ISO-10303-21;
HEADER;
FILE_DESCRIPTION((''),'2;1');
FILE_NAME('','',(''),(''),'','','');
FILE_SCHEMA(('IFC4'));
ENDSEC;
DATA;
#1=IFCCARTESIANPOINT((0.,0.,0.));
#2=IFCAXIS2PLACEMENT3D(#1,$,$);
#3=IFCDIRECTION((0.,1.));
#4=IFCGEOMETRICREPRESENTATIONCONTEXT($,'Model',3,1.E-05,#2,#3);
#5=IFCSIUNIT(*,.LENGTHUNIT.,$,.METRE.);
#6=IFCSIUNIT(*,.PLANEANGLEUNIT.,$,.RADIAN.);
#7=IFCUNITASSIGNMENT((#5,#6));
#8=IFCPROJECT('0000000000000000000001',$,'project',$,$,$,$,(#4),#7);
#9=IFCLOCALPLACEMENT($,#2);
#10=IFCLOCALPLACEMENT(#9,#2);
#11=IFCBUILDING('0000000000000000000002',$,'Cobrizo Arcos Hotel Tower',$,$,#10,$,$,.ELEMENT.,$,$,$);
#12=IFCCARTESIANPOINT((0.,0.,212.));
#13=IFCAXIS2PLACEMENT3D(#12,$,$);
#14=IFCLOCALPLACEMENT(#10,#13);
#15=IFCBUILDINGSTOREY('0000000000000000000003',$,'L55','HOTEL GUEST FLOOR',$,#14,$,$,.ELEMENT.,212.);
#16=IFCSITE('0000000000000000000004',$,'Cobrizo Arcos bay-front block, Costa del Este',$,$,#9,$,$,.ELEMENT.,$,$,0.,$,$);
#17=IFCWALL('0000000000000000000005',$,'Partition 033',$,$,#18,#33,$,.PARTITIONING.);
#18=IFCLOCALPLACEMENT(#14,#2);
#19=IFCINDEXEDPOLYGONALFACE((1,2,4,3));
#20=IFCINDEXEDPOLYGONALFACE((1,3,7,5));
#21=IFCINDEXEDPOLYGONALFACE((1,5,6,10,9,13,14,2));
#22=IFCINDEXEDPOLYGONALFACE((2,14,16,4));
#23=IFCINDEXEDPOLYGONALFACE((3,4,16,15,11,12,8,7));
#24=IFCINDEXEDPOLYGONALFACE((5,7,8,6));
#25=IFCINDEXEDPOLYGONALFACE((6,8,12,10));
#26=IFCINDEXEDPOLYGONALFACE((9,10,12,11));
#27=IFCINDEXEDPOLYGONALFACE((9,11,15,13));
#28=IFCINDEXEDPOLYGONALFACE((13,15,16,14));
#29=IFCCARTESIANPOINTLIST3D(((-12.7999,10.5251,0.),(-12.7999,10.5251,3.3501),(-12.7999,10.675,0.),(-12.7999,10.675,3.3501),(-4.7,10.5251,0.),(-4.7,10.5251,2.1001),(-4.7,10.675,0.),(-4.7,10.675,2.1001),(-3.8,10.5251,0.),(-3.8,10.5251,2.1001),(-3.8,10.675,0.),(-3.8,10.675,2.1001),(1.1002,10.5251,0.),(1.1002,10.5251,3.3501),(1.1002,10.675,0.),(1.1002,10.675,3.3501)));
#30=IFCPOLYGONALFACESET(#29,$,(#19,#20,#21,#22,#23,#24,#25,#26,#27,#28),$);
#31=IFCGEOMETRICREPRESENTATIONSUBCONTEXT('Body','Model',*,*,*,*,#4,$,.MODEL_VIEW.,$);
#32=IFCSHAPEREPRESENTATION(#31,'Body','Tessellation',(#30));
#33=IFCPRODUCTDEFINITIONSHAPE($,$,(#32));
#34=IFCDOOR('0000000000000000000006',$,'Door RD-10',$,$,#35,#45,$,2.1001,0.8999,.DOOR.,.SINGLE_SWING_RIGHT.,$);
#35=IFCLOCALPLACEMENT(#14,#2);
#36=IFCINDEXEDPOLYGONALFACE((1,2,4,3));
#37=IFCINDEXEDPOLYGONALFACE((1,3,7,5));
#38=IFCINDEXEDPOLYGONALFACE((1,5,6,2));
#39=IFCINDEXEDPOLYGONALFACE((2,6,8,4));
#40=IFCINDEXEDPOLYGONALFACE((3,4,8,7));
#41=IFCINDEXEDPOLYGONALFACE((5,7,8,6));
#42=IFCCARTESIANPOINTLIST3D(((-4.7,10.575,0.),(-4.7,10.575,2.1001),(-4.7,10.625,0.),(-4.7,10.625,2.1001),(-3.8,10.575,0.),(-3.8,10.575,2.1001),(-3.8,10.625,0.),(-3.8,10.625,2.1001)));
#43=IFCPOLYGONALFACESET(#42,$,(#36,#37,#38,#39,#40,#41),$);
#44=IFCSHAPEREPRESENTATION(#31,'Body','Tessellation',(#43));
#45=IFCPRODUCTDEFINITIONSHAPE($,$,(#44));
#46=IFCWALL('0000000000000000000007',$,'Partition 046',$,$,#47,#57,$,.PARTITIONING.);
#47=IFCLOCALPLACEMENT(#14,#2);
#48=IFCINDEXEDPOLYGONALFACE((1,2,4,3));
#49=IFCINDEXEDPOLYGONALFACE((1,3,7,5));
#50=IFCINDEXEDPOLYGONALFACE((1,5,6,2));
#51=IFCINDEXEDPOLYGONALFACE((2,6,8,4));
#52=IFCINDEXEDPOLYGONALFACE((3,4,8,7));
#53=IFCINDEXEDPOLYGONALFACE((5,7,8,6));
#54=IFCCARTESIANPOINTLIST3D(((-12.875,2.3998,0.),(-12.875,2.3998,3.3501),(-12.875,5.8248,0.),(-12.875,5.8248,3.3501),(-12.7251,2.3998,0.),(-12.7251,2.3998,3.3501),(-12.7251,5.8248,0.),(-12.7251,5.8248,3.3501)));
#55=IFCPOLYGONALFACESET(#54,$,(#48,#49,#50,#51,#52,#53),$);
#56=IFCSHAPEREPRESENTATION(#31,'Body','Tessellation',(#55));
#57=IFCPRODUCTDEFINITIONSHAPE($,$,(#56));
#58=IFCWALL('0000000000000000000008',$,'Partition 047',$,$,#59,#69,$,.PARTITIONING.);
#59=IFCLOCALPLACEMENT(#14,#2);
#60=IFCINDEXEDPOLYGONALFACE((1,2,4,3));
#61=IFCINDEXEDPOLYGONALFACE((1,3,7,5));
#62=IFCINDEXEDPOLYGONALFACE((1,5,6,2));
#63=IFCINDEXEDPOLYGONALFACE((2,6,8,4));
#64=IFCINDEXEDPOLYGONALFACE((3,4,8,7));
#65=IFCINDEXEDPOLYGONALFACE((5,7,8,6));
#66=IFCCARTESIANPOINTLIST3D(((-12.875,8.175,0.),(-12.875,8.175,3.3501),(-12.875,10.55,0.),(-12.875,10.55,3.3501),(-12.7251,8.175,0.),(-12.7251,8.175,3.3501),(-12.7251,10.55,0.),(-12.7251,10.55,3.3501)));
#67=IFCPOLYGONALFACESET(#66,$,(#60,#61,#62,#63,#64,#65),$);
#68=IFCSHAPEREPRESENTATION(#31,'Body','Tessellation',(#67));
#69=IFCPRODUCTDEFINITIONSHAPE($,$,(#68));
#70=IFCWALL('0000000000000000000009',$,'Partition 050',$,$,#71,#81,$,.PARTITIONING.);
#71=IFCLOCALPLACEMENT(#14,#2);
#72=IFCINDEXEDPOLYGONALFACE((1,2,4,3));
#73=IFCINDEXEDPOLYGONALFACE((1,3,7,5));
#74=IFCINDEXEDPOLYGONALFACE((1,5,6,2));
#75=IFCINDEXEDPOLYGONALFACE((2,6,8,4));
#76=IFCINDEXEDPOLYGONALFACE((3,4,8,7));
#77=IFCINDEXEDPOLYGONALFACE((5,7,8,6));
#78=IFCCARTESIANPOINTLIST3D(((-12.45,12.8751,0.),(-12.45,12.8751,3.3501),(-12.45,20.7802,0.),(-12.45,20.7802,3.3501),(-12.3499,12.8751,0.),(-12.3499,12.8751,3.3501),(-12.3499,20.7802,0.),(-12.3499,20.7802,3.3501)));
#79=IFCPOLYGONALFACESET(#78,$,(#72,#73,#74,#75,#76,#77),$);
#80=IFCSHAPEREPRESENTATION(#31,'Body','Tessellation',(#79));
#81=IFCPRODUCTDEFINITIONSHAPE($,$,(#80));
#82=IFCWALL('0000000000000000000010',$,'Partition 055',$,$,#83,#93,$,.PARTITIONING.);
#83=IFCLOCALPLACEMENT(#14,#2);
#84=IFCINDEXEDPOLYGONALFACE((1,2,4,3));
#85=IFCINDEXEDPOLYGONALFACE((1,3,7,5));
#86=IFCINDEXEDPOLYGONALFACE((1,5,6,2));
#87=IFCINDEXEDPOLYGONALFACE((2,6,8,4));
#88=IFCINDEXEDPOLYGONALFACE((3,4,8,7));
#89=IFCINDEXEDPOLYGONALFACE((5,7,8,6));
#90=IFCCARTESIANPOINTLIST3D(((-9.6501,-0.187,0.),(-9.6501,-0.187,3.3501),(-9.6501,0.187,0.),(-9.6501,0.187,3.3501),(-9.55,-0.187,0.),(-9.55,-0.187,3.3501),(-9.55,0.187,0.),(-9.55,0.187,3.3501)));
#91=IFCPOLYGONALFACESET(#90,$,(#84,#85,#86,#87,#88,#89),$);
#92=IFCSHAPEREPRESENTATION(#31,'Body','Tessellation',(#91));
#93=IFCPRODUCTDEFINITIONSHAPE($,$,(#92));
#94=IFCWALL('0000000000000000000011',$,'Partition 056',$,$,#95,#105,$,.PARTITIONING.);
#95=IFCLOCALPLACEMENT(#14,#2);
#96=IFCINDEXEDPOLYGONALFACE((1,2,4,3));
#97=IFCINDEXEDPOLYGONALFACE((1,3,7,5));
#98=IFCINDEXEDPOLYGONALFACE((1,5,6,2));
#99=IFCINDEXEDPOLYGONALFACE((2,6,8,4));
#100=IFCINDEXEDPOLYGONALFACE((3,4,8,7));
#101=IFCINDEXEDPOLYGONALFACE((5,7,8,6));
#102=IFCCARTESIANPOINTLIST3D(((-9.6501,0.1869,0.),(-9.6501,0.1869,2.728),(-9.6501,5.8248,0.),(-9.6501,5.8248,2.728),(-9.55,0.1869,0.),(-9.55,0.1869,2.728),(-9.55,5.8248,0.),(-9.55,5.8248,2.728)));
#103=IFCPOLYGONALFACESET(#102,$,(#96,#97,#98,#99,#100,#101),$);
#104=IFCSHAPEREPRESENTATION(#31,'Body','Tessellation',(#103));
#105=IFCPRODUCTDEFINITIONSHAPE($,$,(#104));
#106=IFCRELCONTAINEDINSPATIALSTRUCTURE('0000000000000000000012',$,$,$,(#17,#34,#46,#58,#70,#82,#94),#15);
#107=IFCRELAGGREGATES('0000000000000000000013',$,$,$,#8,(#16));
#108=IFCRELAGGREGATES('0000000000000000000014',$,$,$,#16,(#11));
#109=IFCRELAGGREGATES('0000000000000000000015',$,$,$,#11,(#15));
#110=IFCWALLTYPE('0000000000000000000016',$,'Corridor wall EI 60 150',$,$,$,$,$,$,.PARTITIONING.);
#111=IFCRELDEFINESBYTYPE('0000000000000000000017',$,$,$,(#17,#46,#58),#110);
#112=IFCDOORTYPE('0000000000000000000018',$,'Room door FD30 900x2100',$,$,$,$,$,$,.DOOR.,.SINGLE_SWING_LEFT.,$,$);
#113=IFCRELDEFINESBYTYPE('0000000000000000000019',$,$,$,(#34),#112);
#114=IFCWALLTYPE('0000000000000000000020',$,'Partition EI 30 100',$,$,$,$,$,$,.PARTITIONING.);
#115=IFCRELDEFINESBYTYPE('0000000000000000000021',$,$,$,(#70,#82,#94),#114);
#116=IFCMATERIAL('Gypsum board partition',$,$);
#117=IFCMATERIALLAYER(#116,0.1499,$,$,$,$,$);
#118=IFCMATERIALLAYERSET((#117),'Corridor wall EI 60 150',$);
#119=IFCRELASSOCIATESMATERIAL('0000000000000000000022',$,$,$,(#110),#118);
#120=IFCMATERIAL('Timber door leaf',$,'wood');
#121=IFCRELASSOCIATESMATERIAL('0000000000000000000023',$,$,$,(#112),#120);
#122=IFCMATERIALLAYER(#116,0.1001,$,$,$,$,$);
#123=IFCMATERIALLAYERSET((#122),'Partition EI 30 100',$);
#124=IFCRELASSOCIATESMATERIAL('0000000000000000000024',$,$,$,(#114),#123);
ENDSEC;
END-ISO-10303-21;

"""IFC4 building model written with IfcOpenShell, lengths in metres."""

from ifc_helpers import new_model, si_unit, direction, frame, frame_2d, origin, place, context, subcontext, project, spatial, rectangle, extrude, material, layer, layer_set, type_object, element, fill, save


model = new_model("IFC4")

# Units and contexts
model_context = context("Model", 3, precision=1e-05, world=origin(), true_north=direction((0.0, 1.0)))
body_context = subcontext(model_context, "Body", "Model", "MODEL_VIEW")
ifc_project = project(units=[si_unit("LENGTHUNIT", "METRE"), si_unit("PLANEANGLEUNIT", "RADIAN")], contexts=[model_context])

# Site, building, storey
site_placement = place(None, origin())
site = spatial("IfcSite", under=ifc_project, at=site_placement, Name="Cobrizo Arcos bay-front block, Costa del Este", CompositionType="ELEMENT", RefElevation=0.0)
building_placement = place(site_placement, origin())
building = spatial("IfcBuilding", under=site, at=building_placement, Name="Cobrizo Arcos Hotel Tower", CompositionType="ELEMENT")
storey_placement = place(building_placement, frame((0.0, 0.0, 212.0)))
storey = spatial("IfcBuildingStorey", under=building, at=storey_placement, Name="L55", Description="HOTEL GUEST FLOOR", CompositionType="ELEMENT", Elevation=212.0)

# Shared definitions
ifc_material_1 = material(Name="Gypsum board partition")
ifc_layer_1 = layer(ifc_material_1, 0.1499)
ifc_layer_set_1 = layer_set([ifc_layer_1], Name="Corridor wall EI 60 150")
wall_type_1 = type_object("IfcWallType", Name="Corridor wall EI 60 150", PredefinedType="PARTITIONING", material=ifc_layer_set_1)

# Wall, opening, door
wall_1_placement = place(storey_placement, frame((-12.8, 10.6001, 0.0), z_axis=(0.0, 0.0, 1.0), x_axis=(1.0, 0.0, 0.0)))
wall_1 = element("IfcWall", 1, at=wall_1_placement, inside=storey, type_object=wall_type_1, Name="Partition 033", PredefinedType="PARTITIONING", context=body_context, shape_type="SweptSolid", body=[
    extrude(rectangle(XDim=13.9001, YDim=0.1499, at=frame_2d((6.9502, 0.0))), origin(), (0.0, 0.0, 1.0), 3.3501),
])
opening_placement = place(wall_1_placement, frame((8.1001, 0.0, 0.0)))
opening = element("IfcOpeningElement", 2, at=opening_placement, cuts=wall_1, PredefinedType="OPENING", context=body_context, shape_type="SweptSolid", body=[
    extrude(rectangle(XDim=0.8999, YDim=2.1001, at=frame_2d((0.45, 1.05))), frame((0.0, 0.0869, 0.0), z_axis=(0.0, -1.0, 0.0), x_axis=(1.0, 0.0, 0.0)), (0.0, 0.0, 1.0), 0.1738),
])
ifc_material_2 = material(Name="Timber door leaf", Category="wood")
door_type = type_object("IfcDoorType", Name="Room door FD30 900x2100", OperationType="SINGLE_SWING_LEFT", PredefinedType="DOOR", material=ifc_material_2)
door_placement = place(opening_placement, origin())
door = element("IfcDoor", 3, at=door_placement, inside=storey, type_object=door_type, Name="Door RD-10", OperationType="SINGLE_SWING_RIGHT", OverallHeight=2.1001, OverallWidth=0.8999, PredefinedType="DOOR", context=body_context, shape_type="SweptSolid", body=[
    extrude(rectangle(XDim=0.8999, YDim=2.1001, at=frame_2d((0.45, 1.05))), frame((0.0, 0.0249, 0.0), z_axis=(0.0, -1.0, 0.0), x_axis=(1.0, 0.0, 0.0)), (0.0, 0.0, 1.0), 0.05),
])
fill(opening, door)

# Walls
wall_2_placement = place(storey_placement, frame((-12.8, 2.3999, 0.0), z_axis=(0.0, 0.0, 1.0), x_axis=(0.0, 1.0, 0.0)))
element("IfcWall", 4, at=wall_2_placement, inside=storey, type_object=wall_type_1, Name="Partition 046", PredefinedType="PARTITIONING", context=body_context, shape_type="SweptSolid", body=[
    extrude(rectangle(XDim=3.425, YDim=0.1499, at=frame_2d((1.7124, 0.0))), origin(), (0.0, 0.0, 1.0), 3.3501),
])
wall_3_placement = place(storey_placement, frame((-12.8, 8.175, 0.0), z_axis=(0.0, 0.0, 1.0), x_axis=(0.0, 1.0, 0.0)))
element("IfcWall", 5, at=wall_3_placement, inside=storey, type_object=wall_type_1, Name="Partition 047", PredefinedType="PARTITIONING", context=body_context, shape_type="SweptSolid", body=[
    extrude(rectangle(XDim=2.375, YDim=0.1499, at=frame_2d((1.1875, 0.0))), origin(), (0.0, 0.0, 1.0), 3.3501),
])
ifc_layer_2 = layer(ifc_material_1, 0.1001)
ifc_layer_set_2 = layer_set([ifc_layer_2], Name="Partition EI 30 100")
wall_type_2 = type_object("IfcWallType", Name="Partition EI 30 100", PredefinedType="PARTITIONING", material=ifc_layer_set_2)
wall_4_placement = place(storey_placement, frame((-12.3999, 12.875, 0.0), z_axis=(0.0, 0.0, 1.0), x_axis=(0.0, 1.0, 0.0)))
element("IfcWall", 6, at=wall_4_placement, inside=storey, type_object=wall_type_2, Name="Partition 050", PredefinedType="PARTITIONING", context=body_context, shape_type="SweptSolid", body=[
    extrude(rectangle(XDim=7.905, YDim=0.1001, at=frame_2d((3.9526, 0.0))), origin(), (0.0, 0.0, 1.0), 3.3501),
])
wall_5_placement = place(storey_placement, frame((-9.6001, -0.187, 0.0), z_axis=(0.0, 0.0, 1.0), x_axis=(0.0, 1.0, 0.0)))
element("IfcWall", 7, at=wall_5_placement, inside=storey, type_object=wall_type_2, Name="Partition 055", PredefinedType="PARTITIONING", context=body_context, shape_type="SweptSolid", body=[
    extrude(rectangle(XDim=0.374, YDim=0.1001, at=frame_2d((0.187, 0.0))), origin(), (0.0, 0.0, 1.0), 3.3501),
])
wall_6_placement = place(storey_placement, frame((-9.6001, 0.187, 0.0), z_axis=(0.0, 0.0, 1.0), x_axis=(0.0, 1.0, 0.0)))
element("IfcWall", 8, at=wall_6_placement, inside=storey, type_object=wall_type_2, Name="Partition 056", PredefinedType="PARTITIONING", context=body_context, shape_type="SweptSolid", body=[
    extrude(rectangle(XDim=5.6379, YDim=0.1001, at=frame_2d((2.8188, 0.0))), origin(), (0.0, 0.0, 1.0), 2.728),
])

save(model, "model.ifc")
